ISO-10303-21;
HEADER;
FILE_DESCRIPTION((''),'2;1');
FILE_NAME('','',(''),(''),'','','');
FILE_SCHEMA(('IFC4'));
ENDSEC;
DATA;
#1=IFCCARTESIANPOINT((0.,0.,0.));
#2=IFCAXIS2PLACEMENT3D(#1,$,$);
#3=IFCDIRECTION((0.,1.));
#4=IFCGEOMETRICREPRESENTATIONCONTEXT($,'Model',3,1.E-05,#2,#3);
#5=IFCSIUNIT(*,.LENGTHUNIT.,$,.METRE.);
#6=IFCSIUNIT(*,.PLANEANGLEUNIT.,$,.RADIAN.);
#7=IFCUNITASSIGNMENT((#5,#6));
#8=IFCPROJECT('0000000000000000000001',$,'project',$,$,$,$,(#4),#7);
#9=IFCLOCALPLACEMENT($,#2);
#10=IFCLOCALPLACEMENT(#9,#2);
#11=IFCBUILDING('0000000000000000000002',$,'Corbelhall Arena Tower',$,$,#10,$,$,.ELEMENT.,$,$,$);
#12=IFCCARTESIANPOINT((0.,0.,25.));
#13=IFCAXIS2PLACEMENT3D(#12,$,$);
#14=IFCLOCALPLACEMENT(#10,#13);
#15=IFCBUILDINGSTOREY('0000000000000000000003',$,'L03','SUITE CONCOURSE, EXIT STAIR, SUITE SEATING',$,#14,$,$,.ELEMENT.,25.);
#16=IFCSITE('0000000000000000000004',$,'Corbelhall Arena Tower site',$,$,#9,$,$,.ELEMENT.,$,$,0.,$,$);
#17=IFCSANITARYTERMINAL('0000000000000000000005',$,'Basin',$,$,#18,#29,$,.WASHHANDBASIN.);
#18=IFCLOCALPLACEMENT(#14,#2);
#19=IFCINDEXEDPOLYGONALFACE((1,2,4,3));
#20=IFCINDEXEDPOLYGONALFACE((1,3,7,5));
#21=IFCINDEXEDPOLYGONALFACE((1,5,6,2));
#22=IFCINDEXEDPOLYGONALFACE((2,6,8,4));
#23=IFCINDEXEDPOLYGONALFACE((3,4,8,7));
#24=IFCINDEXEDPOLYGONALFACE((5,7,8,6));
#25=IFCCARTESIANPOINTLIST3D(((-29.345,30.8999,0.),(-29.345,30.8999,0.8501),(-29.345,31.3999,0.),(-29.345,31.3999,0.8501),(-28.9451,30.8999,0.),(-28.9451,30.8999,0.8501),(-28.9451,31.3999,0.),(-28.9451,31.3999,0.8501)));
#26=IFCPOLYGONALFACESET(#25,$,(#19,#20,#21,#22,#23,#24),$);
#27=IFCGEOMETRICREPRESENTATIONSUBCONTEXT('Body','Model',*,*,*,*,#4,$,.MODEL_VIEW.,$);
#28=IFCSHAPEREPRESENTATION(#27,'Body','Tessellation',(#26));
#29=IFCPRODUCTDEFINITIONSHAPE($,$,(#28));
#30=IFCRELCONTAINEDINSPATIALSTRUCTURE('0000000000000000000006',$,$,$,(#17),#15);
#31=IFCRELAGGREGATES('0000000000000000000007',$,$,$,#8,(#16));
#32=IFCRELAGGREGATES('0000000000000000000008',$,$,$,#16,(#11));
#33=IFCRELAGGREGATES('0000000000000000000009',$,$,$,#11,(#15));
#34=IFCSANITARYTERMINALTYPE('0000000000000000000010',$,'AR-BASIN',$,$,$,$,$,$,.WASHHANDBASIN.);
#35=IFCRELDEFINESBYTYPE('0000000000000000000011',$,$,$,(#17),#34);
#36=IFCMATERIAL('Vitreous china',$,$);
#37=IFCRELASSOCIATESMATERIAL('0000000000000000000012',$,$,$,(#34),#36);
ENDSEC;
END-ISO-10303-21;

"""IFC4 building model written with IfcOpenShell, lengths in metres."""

from ifc_helpers import new_model, si_unit, direction, frame, origin, origin_2d, place, context, subcontext, project, spatial, rectangle, extrude, material, type_object, element, save


model = new_model("IFC4")

# Units and contexts
model_context = context("Model", 3, precision=1e-05, world=origin(), true_north=direction((0.0, 1.0)))
body_context = subcontext(model_context, "Body", "Model", "MODEL_VIEW")
ifc_project = project(units=[si_unit("LENGTHUNIT", "METRE"), si_unit("PLANEANGLEUNIT", "RADIAN")], contexts=[model_context])

# Site, building, storey
site_placement = place(None, origin())
site = spatial("IfcSite", under=ifc_project, at=site_placement, Name="Corbelhall Arena Tower site", CompositionType="ELEMENT", RefElevation=0.0)
building_placement = place(site_placement, origin())
building = spatial("IfcBuilding", under=site, at=building_placement, Name="Corbelhall Arena Tower", CompositionType="ELEMENT")
storey_placement = place(building_placement, frame((0.0, 0.0, 25.0)))
storey = spatial("IfcBuildingStorey", under=building, at=storey_placement, Name="L03", Description="SUITE CONCOURSE, EXIT STAIR, SUITE SEATING", CompositionType="ELEMENT", Elevation=25.0)

# Sanitary terminal
ifc_material_1 = material(Name="Vitreous china")
sanitary_terminal_type = type_object("IfcSanitaryTerminalType", Name="AR-BASIN", PredefinedType="WASHHANDBASIN", material=ifc_material_1)
sanitary_terminal_placement = place(storey_placement, frame((-29.145, 31.1499, 0.0), z_axis=(0.0, 0.0, 1.0), x_axis=(1.0, 0.0, 0.0)))
element("IfcSanitaryTerminal", 1, at=sanitary_terminal_placement, inside=storey, type_object=sanitary_terminal_type, Name="Basin", PredefinedType="WASHHANDBASIN", context=body_context, shape_type="SweptSolid", body=[
    extrude(rectangle(XDim=0.3999, YDim=0.5, at=origin_2d()), origin(), (0.0, 0.0, 1.0), 0.8501),
])

save(model, "model.ifc")
